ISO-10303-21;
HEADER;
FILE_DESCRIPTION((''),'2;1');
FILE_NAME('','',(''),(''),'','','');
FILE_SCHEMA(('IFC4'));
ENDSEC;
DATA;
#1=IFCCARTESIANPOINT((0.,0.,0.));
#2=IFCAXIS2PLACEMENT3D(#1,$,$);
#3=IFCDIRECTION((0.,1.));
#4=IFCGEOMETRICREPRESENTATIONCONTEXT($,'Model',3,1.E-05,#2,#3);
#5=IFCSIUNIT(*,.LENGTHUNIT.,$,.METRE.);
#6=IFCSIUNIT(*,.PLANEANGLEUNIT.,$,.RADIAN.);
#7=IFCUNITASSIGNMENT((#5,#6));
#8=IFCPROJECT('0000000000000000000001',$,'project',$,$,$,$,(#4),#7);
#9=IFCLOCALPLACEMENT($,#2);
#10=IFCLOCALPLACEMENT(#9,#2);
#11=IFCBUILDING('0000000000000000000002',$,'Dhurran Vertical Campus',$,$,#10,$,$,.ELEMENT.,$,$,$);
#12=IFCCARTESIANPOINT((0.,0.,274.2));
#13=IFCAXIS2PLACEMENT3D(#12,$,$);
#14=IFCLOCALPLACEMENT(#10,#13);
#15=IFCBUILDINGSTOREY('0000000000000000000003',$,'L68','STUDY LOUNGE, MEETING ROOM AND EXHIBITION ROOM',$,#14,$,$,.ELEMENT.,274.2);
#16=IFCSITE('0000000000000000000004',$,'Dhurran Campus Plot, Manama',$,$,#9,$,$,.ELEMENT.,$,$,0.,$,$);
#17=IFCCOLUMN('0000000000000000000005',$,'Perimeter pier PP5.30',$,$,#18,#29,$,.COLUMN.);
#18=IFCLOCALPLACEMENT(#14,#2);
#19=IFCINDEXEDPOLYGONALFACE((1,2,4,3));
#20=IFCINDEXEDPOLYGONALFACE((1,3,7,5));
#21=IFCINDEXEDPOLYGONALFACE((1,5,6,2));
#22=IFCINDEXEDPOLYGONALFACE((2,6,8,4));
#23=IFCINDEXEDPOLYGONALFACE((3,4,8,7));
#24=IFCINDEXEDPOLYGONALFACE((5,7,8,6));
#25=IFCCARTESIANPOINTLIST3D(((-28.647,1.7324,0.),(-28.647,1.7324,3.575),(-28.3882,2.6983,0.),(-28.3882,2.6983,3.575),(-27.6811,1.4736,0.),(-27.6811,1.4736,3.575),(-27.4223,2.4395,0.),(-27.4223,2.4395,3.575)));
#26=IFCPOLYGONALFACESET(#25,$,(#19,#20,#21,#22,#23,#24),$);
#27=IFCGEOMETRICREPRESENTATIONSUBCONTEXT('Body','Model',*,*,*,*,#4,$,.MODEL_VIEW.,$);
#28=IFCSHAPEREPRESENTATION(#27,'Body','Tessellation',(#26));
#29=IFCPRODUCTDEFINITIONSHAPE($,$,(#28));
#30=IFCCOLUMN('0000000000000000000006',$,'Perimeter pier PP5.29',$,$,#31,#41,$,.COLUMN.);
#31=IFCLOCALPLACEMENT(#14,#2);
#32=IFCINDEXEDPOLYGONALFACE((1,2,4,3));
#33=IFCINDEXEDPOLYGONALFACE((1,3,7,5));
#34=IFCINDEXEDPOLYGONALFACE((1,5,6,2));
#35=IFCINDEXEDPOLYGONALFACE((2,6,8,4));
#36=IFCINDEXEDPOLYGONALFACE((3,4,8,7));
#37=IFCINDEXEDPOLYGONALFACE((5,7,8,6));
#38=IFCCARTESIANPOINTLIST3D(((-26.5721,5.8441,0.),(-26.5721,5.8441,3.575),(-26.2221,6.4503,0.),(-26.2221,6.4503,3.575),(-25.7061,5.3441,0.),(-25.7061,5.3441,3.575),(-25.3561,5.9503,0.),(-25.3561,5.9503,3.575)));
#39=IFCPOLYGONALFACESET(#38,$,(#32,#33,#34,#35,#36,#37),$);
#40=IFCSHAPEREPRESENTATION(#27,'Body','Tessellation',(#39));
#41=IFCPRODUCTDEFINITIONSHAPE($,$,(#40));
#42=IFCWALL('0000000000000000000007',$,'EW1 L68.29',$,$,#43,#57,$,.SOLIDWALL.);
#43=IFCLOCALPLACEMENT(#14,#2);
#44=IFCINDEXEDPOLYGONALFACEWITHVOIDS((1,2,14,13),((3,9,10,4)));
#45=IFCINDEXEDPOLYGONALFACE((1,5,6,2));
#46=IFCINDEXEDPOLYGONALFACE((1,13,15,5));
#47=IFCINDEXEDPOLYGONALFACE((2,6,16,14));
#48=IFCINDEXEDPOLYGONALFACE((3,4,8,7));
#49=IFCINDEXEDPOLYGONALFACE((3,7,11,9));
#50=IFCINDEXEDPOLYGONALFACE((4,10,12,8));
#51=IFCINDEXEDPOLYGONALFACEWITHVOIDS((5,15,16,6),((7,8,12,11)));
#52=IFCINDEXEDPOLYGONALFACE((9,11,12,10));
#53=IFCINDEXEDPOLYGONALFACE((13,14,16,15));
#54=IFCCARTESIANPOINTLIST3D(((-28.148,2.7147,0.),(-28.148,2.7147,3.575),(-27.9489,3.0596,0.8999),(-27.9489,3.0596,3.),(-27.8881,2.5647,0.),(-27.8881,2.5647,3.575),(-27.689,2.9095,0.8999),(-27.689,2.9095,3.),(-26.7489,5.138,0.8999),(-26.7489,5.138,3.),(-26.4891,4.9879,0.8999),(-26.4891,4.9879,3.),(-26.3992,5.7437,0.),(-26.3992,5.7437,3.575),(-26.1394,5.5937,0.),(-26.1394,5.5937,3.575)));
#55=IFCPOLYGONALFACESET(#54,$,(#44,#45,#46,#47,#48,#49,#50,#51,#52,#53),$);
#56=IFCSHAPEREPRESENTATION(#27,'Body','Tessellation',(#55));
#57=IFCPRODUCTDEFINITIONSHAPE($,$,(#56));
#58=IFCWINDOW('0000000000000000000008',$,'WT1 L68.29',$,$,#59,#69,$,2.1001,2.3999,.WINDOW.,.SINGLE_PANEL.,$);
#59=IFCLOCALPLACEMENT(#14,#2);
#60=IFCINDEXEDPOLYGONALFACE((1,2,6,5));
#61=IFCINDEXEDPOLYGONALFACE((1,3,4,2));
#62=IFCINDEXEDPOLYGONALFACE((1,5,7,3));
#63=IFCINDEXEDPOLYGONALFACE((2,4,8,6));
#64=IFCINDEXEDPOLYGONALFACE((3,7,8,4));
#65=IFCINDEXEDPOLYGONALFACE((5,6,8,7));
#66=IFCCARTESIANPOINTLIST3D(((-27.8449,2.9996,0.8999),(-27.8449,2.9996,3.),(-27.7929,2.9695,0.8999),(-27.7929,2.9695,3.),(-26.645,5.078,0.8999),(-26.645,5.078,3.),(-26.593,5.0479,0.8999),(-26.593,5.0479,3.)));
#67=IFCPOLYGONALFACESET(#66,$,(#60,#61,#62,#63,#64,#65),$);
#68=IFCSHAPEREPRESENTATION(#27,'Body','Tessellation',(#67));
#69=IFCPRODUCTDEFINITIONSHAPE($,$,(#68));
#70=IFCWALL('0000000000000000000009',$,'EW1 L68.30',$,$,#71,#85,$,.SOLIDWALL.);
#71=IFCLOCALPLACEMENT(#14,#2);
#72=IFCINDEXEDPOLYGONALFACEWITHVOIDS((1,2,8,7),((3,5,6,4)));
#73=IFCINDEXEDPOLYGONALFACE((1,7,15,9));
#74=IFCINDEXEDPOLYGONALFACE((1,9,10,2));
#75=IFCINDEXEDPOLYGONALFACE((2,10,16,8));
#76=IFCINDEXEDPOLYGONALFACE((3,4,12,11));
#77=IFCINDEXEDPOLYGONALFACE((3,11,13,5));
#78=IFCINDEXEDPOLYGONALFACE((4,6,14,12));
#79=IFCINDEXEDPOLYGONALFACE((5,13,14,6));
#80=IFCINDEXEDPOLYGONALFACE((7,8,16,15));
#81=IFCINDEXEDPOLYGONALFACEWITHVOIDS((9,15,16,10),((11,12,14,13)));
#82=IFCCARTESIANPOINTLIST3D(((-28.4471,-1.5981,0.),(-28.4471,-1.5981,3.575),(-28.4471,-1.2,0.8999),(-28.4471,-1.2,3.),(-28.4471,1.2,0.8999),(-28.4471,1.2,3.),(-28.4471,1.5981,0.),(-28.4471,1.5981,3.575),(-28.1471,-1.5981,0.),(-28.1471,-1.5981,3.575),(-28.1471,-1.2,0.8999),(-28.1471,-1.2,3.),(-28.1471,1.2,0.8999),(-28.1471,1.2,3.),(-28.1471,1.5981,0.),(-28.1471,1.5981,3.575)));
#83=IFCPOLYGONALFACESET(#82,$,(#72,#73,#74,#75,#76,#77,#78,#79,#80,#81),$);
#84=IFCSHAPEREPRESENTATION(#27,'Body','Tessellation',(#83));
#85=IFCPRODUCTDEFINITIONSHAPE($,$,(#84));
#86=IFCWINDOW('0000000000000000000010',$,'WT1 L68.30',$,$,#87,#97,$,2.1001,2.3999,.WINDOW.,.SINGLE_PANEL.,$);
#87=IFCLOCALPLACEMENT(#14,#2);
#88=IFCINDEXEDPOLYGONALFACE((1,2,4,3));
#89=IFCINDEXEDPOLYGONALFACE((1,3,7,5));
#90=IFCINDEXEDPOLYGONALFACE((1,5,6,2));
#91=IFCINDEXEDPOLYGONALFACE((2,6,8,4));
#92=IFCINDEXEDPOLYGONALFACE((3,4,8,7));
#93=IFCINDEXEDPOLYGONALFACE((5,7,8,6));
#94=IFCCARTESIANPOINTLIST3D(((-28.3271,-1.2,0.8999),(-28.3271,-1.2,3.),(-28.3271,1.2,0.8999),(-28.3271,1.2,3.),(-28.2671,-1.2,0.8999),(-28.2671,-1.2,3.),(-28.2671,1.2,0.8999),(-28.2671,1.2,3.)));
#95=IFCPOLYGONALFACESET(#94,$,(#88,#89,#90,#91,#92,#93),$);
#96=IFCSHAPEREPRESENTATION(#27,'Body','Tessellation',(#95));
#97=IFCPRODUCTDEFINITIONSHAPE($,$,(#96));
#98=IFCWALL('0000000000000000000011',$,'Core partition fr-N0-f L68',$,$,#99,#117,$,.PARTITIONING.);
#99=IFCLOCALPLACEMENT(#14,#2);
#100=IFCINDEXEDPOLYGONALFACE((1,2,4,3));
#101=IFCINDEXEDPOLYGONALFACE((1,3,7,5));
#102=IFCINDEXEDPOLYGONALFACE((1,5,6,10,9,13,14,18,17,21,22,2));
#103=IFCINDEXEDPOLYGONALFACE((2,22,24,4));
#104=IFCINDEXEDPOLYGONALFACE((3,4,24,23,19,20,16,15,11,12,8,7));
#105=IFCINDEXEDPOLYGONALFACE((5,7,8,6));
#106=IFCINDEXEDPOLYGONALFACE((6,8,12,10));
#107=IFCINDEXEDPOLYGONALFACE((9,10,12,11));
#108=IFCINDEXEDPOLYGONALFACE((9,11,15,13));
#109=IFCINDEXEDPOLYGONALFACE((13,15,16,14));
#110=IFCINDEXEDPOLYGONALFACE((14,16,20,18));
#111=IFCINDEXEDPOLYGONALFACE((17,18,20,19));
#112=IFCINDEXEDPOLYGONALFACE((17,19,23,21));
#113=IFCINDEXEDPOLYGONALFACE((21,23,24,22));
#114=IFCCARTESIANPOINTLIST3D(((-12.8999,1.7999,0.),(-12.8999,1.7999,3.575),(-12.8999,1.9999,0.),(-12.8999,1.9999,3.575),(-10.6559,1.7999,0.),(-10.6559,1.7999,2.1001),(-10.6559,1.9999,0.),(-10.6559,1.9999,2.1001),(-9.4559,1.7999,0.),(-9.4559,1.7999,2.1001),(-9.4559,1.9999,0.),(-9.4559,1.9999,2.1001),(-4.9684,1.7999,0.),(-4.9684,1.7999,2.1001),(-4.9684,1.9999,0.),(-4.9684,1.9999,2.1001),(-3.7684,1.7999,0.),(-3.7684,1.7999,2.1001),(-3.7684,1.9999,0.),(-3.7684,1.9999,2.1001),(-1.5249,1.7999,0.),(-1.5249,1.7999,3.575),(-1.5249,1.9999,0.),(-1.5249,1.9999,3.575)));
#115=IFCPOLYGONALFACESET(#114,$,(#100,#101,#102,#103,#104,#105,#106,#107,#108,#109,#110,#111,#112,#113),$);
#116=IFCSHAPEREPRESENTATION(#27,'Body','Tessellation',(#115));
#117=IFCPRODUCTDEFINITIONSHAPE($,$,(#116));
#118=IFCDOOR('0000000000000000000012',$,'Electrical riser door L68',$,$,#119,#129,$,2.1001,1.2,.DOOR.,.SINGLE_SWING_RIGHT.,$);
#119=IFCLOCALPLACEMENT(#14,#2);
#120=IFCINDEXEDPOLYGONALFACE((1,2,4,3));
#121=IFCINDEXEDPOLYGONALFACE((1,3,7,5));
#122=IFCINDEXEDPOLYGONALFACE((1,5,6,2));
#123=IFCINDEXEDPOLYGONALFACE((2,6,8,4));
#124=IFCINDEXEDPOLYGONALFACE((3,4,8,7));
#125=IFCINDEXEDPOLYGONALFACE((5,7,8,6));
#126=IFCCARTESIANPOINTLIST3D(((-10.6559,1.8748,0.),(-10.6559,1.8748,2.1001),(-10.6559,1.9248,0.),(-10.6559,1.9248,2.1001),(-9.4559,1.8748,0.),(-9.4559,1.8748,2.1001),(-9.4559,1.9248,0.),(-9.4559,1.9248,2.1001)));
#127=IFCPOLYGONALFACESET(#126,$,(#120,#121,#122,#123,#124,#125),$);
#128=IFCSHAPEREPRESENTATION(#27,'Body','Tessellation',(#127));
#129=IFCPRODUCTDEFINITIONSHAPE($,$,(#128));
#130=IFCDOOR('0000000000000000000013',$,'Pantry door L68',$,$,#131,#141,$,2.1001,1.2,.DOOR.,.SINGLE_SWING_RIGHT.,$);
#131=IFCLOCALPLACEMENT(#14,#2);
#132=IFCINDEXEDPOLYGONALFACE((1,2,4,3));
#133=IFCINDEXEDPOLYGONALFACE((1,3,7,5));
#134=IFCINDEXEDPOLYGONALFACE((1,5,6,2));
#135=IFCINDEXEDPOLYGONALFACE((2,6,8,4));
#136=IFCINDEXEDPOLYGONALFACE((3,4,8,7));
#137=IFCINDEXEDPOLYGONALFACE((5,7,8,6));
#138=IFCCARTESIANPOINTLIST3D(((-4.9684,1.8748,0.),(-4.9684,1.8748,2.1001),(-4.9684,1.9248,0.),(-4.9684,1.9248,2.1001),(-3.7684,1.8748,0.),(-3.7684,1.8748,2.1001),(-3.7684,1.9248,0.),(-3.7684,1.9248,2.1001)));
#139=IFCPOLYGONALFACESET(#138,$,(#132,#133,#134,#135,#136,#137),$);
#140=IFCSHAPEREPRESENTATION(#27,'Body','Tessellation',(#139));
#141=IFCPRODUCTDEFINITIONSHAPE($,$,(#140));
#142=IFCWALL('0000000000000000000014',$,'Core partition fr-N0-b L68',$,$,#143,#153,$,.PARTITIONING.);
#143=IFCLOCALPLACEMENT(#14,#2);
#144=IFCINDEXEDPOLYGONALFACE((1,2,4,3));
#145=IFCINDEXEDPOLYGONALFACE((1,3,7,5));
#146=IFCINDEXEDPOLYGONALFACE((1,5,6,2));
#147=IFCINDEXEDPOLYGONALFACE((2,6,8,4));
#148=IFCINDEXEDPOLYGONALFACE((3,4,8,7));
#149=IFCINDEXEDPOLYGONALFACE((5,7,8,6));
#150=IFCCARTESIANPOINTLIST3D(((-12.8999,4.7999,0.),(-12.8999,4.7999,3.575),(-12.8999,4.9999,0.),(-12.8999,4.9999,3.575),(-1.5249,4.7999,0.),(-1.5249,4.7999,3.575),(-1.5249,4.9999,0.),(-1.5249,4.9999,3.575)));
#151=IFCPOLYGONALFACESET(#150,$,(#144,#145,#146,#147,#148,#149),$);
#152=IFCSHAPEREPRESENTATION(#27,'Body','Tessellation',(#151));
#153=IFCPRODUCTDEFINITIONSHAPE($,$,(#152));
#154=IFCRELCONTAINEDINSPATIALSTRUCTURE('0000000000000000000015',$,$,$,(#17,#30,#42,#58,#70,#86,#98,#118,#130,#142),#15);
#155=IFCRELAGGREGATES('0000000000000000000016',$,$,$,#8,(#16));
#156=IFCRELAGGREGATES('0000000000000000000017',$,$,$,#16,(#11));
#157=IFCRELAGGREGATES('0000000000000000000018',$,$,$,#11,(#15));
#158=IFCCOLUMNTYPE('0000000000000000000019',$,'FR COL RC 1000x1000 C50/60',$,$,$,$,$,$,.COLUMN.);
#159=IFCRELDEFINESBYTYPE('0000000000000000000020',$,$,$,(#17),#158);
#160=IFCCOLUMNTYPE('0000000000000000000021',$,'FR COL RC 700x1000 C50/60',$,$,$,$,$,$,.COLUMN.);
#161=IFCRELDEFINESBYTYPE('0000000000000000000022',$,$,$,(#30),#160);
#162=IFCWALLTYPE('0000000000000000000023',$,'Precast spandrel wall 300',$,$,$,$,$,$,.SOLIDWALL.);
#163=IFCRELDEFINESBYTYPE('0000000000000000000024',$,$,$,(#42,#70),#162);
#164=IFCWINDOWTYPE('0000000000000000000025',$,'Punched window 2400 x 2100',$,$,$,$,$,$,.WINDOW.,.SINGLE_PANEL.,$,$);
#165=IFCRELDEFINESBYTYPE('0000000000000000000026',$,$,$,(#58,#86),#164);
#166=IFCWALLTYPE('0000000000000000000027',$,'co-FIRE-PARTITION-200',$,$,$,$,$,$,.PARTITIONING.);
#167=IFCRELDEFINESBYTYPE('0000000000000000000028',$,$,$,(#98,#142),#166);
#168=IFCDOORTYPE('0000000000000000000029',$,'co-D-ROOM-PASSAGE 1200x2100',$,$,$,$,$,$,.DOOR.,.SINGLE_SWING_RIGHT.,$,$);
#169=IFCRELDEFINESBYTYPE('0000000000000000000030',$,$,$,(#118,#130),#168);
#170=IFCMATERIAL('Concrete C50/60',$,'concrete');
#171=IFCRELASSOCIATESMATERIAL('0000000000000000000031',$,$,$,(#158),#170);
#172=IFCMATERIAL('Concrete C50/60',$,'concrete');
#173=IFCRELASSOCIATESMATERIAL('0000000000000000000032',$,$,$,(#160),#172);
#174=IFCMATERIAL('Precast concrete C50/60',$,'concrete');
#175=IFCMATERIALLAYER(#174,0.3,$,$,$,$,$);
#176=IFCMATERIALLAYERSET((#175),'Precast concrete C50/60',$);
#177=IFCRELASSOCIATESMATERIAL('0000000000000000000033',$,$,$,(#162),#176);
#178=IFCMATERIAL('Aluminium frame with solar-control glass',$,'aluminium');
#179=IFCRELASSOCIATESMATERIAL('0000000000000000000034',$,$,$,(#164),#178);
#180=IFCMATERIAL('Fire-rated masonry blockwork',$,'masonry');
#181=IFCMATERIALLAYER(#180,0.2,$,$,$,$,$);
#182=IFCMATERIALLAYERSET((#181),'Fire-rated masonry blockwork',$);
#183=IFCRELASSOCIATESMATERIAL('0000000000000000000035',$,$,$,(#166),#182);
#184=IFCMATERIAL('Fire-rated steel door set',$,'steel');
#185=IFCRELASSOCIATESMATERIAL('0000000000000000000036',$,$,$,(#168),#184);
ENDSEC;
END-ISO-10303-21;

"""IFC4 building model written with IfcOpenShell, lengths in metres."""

from ifc_helpers import new_model, si_unit, direction, frame, frame_2d, origin, origin_2d, place, context, subcontext, project, spatial, rectangle, extrude, material, layer, layer_set, material_profile, profile_set, type_object, element, fill, save


model = new_model("IFC4")

# Units and contexts
model_context = context("Model", 3, precision=1e-05, world=origin(), true_north=direction((0.0, 1.0)))
body_context = subcontext(model_context, "Body", "Model", "MODEL_VIEW")
ifc_project = project(units=[si_unit("LENGTHUNIT", "METRE"), si_unit("PLANEANGLEUNIT", "RADIAN")], contexts=[model_context])

# Site, building, storey
site_placement = place(None, origin())
site = spatial("IfcSite", under=ifc_project, at=site_placement, Name="Dhurran Campus Plot, Manama", CompositionType="ELEMENT", RefElevation=0.0)
building_placement = place(site_placement, origin())
building = spatial("IfcBuilding", under=site, at=building_placement, Name="Dhurran Vertical Campus", CompositionType="ELEMENT")
storey_placement = place(building_placement, frame((0.0, 0.0, 274.2)))
storey = spatial("IfcBuildingStorey", under=building, at=storey_placement, Name="L68", Description="STUDY LOUNGE, MEETING ROOM AND EXHIBITION ROOM", CompositionType="ELEMENT", Elevation=274.2)

# Columns
ifc_material_1 = material(Name="Concrete C50/60", Category="concrete")
ifc_material_profile_1 = material_profile(ifc_material_1, rectangle(XDim=1.0, YDim=1.0, at=origin_2d()), Name="RC 1000x1000")
ifc_profile_set_1 = profile_set([ifc_material_profile_1], Name="Concrete C50/60")
column_type_1 = type_object("IfcColumnType", Name="FR COL RC 1000x1000 C50/60", PredefinedType="COLUMN", material=ifc_profile_set_1)
column_1_placement = place(storey_placement, frame((-28.0347, 2.0859, 0.0), z_axis=(0.0, 0.0, 1.0), x_axis=(-0.258819, -0.965926, 0.0)))
element("IfcColumn", 1, at=column_1_placement, inside=storey, type_object=column_type_1, Name="Perimeter pier PP5.30", PredefinedType="COLUMN", context=body_context, shape_type="SweptSolid", body=[
    extrude(rectangle(XDim=1.0, YDim=1.0, at=origin_2d()), origin(), (0.0, 0.0, 1.0), 3.575),
])
ifc_material_2 = material(Name="Concrete C50/60", Category="concrete")
ifc_material_profile_2 = material_profile(ifc_material_2, rectangle(XDim=0.7, YDim=1.0, at=origin_2d()), Name="RC 700x1000")
ifc_profile_set_2 = profile_set([ifc_material_profile_2], Name="Concrete C50/60")
column_type_2 = type_object("IfcColumnType", Name="FR COL RC 700x1000 C50/60", PredefinedType="COLUMN", material=ifc_profile_set_2)
column_2_placement = place(storey_placement, frame((-25.9641, 5.8972, 0.0), z_axis=(0.0, 0.0, 1.0), x_axis=(-0.5, -0.866025, 0.0)))
element("IfcColumn", 2, at=column_2_placement, inside=storey, type_object=column_type_2, Name="Perimeter pier PP5.29", PredefinedType="COLUMN", context=body_context, shape_type="SweptSolid", body=[
    extrude(rectangle(XDim=0.7, YDim=1.0, at=origin_2d()), origin(), (0.0, 0.0, 1.0), 3.575),
])

# Walls, openings, windows
ifc_material_3 = material(Name="Precast concrete C50/60", Category="concrete")
ifc_layer_1 = layer(ifc_material_3, 0.3)
ifc_layer_set_1 = layer_set([ifc_layer_1], Name="Precast concrete C50/60")
wall_type_1 = type_object("IfcWallType", Name="Precast spandrel wall 300", PredefinedType="SOLIDWALL", material=ifc_layer_set_1)
wall_1_placement = place(storey_placement, frame((-26.2693, 5.6687, 0.0), z_axis=(0.0, 0.0, 1.0), x_axis=(-0.49999, -0.866031, 0.0)))
wall_1 = element("IfcWall", 3, at=wall_1_placement, inside=storey, type_object=wall_type_1, Name="EW1 L68.29", PredefinedType="SOLIDWALL", context=body_context, shape_type="SweptSolid", body=[
    extrude(rectangle(XDim=3.4976, YDim=0.3, at=frame_2d((1.7488, 0.0))), origin(), (0.0, 0.0, 1.0), 3.575),
])
opening_1_placement = place(wall_1_placement, frame((0.6995, 0.0, 0.8999)))
opening_1 = element("IfcOpeningElement", 4, at=opening_1_placement, cuts=wall_1, PredefinedType="OPENING", context=body_context, shape_type="SweptSolid", body=[
    extrude(rectangle(XDim=2.3999, YDim=2.1001, at=frame_2d((1.2, 1.05))), frame((0.0, 0.1599, 0.0), z_axis=(0.0, -1.0, 0.0), x_axis=(1.0, 0.0, 0.0)), (0.0, 0.0, 1.0), 0.3201),
])
ifc_material_4 = material(Name="Aluminium frame with solar-control glass", Category="aluminium")
window_type = type_object("IfcWindowType", Name="Punched window 2400 x 2100", PartitioningType="SINGLE_PANEL", PredefinedType="WINDOW", material=ifc_material_4)
window_1_placement = place(opening_1_placement, origin())
window_1 = element("IfcWindow", 5, at=window_1_placement, inside=storey, type_object=window_type, Name="WT1 L68.29", OverallHeight=2.1001, OverallWidth=2.3999, PartitioningType="SINGLE_PANEL", PredefinedType="WINDOW", context=body_context, shape_type="SweptSolid", body=[
    extrude(rectangle(XDim=2.3999, YDim=2.1001, at=frame_2d((1.2, 1.05))), frame((0.0, 0.03, 0.0), z_axis=(0.0, -1.0, 0.0), x_axis=(1.0, 0.0, 0.0)), (0.0, 0.0, 1.0), 0.0601),
])
fill(opening_1, window_1)
wall_2_placement = place(storey_placement, frame((-28.2971, 1.5981, 0.0), z_axis=(0.0, 0.0, 1.0), x_axis=(0.0, -1.0, 0.0)))
wall_2 = element("IfcWall", 6, at=wall_2_placement, inside=storey, type_object=wall_type_1, Name="EW1 L68.30", PredefinedType="SOLIDWALL", context=body_context, shape_type="SweptSolid", body=[
    extrude(rectangle(XDim=3.1963, YDim=0.3, at=frame_2d((1.5981, 0.0))), origin(), (0.0, 0.0, 1.0), 3.575),
])
opening_2_placement = place(wall_2_placement, frame((0.3982, 0.0, 0.8999)))
opening_2 = element("IfcOpeningElement", 7, at=opening_2_placement, cuts=wall_2, PredefinedType="OPENING", context=body_context, shape_type="SweptSolid", body=[
    extrude(rectangle(XDim=2.3999, YDim=2.1001, at=frame_2d((1.2, 1.05))), frame((0.0, 0.1599, 0.0), z_axis=(0.0, -1.0, 0.0), x_axis=(1.0, 0.0, 0.0)), (0.0, 0.0, 1.0), 0.3201),
])
window_2_placement = place(opening_2_placement, origin())
window_2 = element("IfcWindow", 8, at=window_2_placement, inside=storey, type_object=window_type, Name="WT1 L68.30", OverallHeight=2.1001, OverallWidth=2.3999, PartitioningType="SINGLE_PANEL", PredefinedType="WINDOW", context=body_context, shape_type="SweptSolid", body=[
    extrude(rectangle(XDim=2.3999, YDim=2.1001, at=frame_2d((1.2, 1.05))), frame((0.0, 0.03, 0.0), z_axis=(0.0, -1.0, 0.0), x_axis=(1.0, 0.0, 0.0)), (0.0, 0.0, 1.0), 0.0601),
])
fill(opening_2, window_2)

# Wall, openings, doors
ifc_material_5 = material(Name="Fire-rated masonry blockwork", Category="masonry")
ifc_layer_2 = layer(ifc_material_5, 0.2)
ifc_layer_set_2 = layer_set([ifc_layer_2], Name="Fire-rated masonry blockwork")
wall_type_2 = type_object("IfcWallType", Name="co-FIRE-PARTITION-200", PredefinedType="PARTITIONING", material=ifc_layer_set_2)
wall_3_placement = place(storey_placement, frame((-12.8999, 1.8999, 0.0), z_axis=(0.0, 0.0, 1.0), x_axis=(1.0, 0.0, 0.0)))
wall_3 = element("IfcWall", 9, at=wall_3_placement, inside=storey, type_object=wall_type_2, Name="Core partition fr-N0-f L68", PredefinedType="PARTITIONING", context=body_context, shape_type="SweptSolid", body=[
    extrude(rectangle(XDim=11.375, YDim=0.2, at=frame_2d((5.6875, 0.0))), origin(), (0.0, 0.0, 1.0), 3.575),
])
opening_3_placement = place(wall_3_placement, frame((2.2439, 0.0, 0.0)))
opening_3 = element("IfcOpeningElement", 10, at=opening_3_placement, cuts=wall_3, PredefinedType="OPENING", context=body_context, shape_type="SweptSolid", body=[
    extrude(rectangle(XDim=1.2, YDim=2.1001, at=frame_2d((0.6001, 1.05))), frame((0.0, 0.1099, 0.0), z_axis=(0.0, -1.0, 0.0), x_axis=(1.0, 0.0, 0.0)), (0.0, 0.0, 1.0), 0.22),
])
opening_4_placement = place(wall_3_placement, frame((7.9314, 0.0, 0.0)))
opening_4 = element("IfcOpeningElement", 11, at=opening_4_placement, cuts=wall_3, PredefinedType="OPENING", context=body_context, shape_type="SweptSolid", body=[
    extrude(rectangle(XDim=1.2, YDim=2.1001, at=frame_2d((0.6001, 1.05))), frame((0.0, 0.1099, 0.0), z_axis=(0.0, -1.0, 0.0), x_axis=(1.0, 0.0, 0.0)), (0.0, 0.0, 1.0), 0.22),
])
ifc_material_6 = material(Name="Fire-rated steel door set", Category="steel")
door_type_1 = type_object("IfcDoorType", Name="co-D-ROOM-PASSAGE 1200x2100", OperationType="SINGLE_SWING_RIGHT", PredefinedType="DOOR", material=ifc_material_6)
door_1_placement = place(opening_3_placement, origin())
door_1 = element("IfcDoor", 12, at=door_1_placement, inside=storey, type_object=door_type_1, Name="Electrical riser door L68", OperationType="SINGLE_SWING_RIGHT", OverallHeight=2.1001, OverallWidth=1.2, PredefinedType="DOOR", context=body_context, shape_type="SweptSolid", body=[
    extrude(rectangle(XDim=1.2, YDim=2.1001, at=frame_2d((0.6001, 1.05))), frame((0.0, 0.0249, 0.0), z_axis=(0.0, -1.0, 0.0), x_axis=(1.0, 0.0, 0.0)), (0.0, 0.0, 1.0), 0.05),
])
fill(opening_3, door_1)
door_2_placement = place(opening_4_placement, origin())
door_2 = element("IfcDoor", 13, at=door_2_placement, inside=storey, type_object=door_type_1, Name="Pantry door L68", OperationType="SINGLE_SWING_RIGHT", OverallHeight=2.1001, OverallWidth=1.2, PredefinedType="DOOR", context=body_context, shape_type="SweptSolid", body=[
    extrude(rectangle(XDim=1.2, YDim=2.1001, at=frame_2d((0.6001, 1.05))), frame((0.0, 0.0249, 0.0), z_axis=(0.0, -1.0, 0.0), x_axis=(1.0, 0.0, 0.0)), (0.0, 0.0, 1.0), 0.05),
])
fill(opening_4, door_2)

# Wall
wall_4_placement = place(storey_placement, frame((-12.8999, 4.8999, 0.0), z_axis=(0.0, 0.0, 1.0), x_axis=(1.0, 0.0, 0.0)))
element("IfcWall", 14, at=wall_4_placement, inside=storey, type_object=wall_type_2, Name="Core partition fr-N0-b L68", PredefinedType="PARTITIONING", context=body_context, shape_type="SweptSolid", body=[
    extrude(rectangle(XDim=11.375, YDim=0.2, at=frame_2d((5.6875, 0.0))), origin(), (0.0, 0.0, 1.0), 3.575),
])

save(model, "model.ifc")
